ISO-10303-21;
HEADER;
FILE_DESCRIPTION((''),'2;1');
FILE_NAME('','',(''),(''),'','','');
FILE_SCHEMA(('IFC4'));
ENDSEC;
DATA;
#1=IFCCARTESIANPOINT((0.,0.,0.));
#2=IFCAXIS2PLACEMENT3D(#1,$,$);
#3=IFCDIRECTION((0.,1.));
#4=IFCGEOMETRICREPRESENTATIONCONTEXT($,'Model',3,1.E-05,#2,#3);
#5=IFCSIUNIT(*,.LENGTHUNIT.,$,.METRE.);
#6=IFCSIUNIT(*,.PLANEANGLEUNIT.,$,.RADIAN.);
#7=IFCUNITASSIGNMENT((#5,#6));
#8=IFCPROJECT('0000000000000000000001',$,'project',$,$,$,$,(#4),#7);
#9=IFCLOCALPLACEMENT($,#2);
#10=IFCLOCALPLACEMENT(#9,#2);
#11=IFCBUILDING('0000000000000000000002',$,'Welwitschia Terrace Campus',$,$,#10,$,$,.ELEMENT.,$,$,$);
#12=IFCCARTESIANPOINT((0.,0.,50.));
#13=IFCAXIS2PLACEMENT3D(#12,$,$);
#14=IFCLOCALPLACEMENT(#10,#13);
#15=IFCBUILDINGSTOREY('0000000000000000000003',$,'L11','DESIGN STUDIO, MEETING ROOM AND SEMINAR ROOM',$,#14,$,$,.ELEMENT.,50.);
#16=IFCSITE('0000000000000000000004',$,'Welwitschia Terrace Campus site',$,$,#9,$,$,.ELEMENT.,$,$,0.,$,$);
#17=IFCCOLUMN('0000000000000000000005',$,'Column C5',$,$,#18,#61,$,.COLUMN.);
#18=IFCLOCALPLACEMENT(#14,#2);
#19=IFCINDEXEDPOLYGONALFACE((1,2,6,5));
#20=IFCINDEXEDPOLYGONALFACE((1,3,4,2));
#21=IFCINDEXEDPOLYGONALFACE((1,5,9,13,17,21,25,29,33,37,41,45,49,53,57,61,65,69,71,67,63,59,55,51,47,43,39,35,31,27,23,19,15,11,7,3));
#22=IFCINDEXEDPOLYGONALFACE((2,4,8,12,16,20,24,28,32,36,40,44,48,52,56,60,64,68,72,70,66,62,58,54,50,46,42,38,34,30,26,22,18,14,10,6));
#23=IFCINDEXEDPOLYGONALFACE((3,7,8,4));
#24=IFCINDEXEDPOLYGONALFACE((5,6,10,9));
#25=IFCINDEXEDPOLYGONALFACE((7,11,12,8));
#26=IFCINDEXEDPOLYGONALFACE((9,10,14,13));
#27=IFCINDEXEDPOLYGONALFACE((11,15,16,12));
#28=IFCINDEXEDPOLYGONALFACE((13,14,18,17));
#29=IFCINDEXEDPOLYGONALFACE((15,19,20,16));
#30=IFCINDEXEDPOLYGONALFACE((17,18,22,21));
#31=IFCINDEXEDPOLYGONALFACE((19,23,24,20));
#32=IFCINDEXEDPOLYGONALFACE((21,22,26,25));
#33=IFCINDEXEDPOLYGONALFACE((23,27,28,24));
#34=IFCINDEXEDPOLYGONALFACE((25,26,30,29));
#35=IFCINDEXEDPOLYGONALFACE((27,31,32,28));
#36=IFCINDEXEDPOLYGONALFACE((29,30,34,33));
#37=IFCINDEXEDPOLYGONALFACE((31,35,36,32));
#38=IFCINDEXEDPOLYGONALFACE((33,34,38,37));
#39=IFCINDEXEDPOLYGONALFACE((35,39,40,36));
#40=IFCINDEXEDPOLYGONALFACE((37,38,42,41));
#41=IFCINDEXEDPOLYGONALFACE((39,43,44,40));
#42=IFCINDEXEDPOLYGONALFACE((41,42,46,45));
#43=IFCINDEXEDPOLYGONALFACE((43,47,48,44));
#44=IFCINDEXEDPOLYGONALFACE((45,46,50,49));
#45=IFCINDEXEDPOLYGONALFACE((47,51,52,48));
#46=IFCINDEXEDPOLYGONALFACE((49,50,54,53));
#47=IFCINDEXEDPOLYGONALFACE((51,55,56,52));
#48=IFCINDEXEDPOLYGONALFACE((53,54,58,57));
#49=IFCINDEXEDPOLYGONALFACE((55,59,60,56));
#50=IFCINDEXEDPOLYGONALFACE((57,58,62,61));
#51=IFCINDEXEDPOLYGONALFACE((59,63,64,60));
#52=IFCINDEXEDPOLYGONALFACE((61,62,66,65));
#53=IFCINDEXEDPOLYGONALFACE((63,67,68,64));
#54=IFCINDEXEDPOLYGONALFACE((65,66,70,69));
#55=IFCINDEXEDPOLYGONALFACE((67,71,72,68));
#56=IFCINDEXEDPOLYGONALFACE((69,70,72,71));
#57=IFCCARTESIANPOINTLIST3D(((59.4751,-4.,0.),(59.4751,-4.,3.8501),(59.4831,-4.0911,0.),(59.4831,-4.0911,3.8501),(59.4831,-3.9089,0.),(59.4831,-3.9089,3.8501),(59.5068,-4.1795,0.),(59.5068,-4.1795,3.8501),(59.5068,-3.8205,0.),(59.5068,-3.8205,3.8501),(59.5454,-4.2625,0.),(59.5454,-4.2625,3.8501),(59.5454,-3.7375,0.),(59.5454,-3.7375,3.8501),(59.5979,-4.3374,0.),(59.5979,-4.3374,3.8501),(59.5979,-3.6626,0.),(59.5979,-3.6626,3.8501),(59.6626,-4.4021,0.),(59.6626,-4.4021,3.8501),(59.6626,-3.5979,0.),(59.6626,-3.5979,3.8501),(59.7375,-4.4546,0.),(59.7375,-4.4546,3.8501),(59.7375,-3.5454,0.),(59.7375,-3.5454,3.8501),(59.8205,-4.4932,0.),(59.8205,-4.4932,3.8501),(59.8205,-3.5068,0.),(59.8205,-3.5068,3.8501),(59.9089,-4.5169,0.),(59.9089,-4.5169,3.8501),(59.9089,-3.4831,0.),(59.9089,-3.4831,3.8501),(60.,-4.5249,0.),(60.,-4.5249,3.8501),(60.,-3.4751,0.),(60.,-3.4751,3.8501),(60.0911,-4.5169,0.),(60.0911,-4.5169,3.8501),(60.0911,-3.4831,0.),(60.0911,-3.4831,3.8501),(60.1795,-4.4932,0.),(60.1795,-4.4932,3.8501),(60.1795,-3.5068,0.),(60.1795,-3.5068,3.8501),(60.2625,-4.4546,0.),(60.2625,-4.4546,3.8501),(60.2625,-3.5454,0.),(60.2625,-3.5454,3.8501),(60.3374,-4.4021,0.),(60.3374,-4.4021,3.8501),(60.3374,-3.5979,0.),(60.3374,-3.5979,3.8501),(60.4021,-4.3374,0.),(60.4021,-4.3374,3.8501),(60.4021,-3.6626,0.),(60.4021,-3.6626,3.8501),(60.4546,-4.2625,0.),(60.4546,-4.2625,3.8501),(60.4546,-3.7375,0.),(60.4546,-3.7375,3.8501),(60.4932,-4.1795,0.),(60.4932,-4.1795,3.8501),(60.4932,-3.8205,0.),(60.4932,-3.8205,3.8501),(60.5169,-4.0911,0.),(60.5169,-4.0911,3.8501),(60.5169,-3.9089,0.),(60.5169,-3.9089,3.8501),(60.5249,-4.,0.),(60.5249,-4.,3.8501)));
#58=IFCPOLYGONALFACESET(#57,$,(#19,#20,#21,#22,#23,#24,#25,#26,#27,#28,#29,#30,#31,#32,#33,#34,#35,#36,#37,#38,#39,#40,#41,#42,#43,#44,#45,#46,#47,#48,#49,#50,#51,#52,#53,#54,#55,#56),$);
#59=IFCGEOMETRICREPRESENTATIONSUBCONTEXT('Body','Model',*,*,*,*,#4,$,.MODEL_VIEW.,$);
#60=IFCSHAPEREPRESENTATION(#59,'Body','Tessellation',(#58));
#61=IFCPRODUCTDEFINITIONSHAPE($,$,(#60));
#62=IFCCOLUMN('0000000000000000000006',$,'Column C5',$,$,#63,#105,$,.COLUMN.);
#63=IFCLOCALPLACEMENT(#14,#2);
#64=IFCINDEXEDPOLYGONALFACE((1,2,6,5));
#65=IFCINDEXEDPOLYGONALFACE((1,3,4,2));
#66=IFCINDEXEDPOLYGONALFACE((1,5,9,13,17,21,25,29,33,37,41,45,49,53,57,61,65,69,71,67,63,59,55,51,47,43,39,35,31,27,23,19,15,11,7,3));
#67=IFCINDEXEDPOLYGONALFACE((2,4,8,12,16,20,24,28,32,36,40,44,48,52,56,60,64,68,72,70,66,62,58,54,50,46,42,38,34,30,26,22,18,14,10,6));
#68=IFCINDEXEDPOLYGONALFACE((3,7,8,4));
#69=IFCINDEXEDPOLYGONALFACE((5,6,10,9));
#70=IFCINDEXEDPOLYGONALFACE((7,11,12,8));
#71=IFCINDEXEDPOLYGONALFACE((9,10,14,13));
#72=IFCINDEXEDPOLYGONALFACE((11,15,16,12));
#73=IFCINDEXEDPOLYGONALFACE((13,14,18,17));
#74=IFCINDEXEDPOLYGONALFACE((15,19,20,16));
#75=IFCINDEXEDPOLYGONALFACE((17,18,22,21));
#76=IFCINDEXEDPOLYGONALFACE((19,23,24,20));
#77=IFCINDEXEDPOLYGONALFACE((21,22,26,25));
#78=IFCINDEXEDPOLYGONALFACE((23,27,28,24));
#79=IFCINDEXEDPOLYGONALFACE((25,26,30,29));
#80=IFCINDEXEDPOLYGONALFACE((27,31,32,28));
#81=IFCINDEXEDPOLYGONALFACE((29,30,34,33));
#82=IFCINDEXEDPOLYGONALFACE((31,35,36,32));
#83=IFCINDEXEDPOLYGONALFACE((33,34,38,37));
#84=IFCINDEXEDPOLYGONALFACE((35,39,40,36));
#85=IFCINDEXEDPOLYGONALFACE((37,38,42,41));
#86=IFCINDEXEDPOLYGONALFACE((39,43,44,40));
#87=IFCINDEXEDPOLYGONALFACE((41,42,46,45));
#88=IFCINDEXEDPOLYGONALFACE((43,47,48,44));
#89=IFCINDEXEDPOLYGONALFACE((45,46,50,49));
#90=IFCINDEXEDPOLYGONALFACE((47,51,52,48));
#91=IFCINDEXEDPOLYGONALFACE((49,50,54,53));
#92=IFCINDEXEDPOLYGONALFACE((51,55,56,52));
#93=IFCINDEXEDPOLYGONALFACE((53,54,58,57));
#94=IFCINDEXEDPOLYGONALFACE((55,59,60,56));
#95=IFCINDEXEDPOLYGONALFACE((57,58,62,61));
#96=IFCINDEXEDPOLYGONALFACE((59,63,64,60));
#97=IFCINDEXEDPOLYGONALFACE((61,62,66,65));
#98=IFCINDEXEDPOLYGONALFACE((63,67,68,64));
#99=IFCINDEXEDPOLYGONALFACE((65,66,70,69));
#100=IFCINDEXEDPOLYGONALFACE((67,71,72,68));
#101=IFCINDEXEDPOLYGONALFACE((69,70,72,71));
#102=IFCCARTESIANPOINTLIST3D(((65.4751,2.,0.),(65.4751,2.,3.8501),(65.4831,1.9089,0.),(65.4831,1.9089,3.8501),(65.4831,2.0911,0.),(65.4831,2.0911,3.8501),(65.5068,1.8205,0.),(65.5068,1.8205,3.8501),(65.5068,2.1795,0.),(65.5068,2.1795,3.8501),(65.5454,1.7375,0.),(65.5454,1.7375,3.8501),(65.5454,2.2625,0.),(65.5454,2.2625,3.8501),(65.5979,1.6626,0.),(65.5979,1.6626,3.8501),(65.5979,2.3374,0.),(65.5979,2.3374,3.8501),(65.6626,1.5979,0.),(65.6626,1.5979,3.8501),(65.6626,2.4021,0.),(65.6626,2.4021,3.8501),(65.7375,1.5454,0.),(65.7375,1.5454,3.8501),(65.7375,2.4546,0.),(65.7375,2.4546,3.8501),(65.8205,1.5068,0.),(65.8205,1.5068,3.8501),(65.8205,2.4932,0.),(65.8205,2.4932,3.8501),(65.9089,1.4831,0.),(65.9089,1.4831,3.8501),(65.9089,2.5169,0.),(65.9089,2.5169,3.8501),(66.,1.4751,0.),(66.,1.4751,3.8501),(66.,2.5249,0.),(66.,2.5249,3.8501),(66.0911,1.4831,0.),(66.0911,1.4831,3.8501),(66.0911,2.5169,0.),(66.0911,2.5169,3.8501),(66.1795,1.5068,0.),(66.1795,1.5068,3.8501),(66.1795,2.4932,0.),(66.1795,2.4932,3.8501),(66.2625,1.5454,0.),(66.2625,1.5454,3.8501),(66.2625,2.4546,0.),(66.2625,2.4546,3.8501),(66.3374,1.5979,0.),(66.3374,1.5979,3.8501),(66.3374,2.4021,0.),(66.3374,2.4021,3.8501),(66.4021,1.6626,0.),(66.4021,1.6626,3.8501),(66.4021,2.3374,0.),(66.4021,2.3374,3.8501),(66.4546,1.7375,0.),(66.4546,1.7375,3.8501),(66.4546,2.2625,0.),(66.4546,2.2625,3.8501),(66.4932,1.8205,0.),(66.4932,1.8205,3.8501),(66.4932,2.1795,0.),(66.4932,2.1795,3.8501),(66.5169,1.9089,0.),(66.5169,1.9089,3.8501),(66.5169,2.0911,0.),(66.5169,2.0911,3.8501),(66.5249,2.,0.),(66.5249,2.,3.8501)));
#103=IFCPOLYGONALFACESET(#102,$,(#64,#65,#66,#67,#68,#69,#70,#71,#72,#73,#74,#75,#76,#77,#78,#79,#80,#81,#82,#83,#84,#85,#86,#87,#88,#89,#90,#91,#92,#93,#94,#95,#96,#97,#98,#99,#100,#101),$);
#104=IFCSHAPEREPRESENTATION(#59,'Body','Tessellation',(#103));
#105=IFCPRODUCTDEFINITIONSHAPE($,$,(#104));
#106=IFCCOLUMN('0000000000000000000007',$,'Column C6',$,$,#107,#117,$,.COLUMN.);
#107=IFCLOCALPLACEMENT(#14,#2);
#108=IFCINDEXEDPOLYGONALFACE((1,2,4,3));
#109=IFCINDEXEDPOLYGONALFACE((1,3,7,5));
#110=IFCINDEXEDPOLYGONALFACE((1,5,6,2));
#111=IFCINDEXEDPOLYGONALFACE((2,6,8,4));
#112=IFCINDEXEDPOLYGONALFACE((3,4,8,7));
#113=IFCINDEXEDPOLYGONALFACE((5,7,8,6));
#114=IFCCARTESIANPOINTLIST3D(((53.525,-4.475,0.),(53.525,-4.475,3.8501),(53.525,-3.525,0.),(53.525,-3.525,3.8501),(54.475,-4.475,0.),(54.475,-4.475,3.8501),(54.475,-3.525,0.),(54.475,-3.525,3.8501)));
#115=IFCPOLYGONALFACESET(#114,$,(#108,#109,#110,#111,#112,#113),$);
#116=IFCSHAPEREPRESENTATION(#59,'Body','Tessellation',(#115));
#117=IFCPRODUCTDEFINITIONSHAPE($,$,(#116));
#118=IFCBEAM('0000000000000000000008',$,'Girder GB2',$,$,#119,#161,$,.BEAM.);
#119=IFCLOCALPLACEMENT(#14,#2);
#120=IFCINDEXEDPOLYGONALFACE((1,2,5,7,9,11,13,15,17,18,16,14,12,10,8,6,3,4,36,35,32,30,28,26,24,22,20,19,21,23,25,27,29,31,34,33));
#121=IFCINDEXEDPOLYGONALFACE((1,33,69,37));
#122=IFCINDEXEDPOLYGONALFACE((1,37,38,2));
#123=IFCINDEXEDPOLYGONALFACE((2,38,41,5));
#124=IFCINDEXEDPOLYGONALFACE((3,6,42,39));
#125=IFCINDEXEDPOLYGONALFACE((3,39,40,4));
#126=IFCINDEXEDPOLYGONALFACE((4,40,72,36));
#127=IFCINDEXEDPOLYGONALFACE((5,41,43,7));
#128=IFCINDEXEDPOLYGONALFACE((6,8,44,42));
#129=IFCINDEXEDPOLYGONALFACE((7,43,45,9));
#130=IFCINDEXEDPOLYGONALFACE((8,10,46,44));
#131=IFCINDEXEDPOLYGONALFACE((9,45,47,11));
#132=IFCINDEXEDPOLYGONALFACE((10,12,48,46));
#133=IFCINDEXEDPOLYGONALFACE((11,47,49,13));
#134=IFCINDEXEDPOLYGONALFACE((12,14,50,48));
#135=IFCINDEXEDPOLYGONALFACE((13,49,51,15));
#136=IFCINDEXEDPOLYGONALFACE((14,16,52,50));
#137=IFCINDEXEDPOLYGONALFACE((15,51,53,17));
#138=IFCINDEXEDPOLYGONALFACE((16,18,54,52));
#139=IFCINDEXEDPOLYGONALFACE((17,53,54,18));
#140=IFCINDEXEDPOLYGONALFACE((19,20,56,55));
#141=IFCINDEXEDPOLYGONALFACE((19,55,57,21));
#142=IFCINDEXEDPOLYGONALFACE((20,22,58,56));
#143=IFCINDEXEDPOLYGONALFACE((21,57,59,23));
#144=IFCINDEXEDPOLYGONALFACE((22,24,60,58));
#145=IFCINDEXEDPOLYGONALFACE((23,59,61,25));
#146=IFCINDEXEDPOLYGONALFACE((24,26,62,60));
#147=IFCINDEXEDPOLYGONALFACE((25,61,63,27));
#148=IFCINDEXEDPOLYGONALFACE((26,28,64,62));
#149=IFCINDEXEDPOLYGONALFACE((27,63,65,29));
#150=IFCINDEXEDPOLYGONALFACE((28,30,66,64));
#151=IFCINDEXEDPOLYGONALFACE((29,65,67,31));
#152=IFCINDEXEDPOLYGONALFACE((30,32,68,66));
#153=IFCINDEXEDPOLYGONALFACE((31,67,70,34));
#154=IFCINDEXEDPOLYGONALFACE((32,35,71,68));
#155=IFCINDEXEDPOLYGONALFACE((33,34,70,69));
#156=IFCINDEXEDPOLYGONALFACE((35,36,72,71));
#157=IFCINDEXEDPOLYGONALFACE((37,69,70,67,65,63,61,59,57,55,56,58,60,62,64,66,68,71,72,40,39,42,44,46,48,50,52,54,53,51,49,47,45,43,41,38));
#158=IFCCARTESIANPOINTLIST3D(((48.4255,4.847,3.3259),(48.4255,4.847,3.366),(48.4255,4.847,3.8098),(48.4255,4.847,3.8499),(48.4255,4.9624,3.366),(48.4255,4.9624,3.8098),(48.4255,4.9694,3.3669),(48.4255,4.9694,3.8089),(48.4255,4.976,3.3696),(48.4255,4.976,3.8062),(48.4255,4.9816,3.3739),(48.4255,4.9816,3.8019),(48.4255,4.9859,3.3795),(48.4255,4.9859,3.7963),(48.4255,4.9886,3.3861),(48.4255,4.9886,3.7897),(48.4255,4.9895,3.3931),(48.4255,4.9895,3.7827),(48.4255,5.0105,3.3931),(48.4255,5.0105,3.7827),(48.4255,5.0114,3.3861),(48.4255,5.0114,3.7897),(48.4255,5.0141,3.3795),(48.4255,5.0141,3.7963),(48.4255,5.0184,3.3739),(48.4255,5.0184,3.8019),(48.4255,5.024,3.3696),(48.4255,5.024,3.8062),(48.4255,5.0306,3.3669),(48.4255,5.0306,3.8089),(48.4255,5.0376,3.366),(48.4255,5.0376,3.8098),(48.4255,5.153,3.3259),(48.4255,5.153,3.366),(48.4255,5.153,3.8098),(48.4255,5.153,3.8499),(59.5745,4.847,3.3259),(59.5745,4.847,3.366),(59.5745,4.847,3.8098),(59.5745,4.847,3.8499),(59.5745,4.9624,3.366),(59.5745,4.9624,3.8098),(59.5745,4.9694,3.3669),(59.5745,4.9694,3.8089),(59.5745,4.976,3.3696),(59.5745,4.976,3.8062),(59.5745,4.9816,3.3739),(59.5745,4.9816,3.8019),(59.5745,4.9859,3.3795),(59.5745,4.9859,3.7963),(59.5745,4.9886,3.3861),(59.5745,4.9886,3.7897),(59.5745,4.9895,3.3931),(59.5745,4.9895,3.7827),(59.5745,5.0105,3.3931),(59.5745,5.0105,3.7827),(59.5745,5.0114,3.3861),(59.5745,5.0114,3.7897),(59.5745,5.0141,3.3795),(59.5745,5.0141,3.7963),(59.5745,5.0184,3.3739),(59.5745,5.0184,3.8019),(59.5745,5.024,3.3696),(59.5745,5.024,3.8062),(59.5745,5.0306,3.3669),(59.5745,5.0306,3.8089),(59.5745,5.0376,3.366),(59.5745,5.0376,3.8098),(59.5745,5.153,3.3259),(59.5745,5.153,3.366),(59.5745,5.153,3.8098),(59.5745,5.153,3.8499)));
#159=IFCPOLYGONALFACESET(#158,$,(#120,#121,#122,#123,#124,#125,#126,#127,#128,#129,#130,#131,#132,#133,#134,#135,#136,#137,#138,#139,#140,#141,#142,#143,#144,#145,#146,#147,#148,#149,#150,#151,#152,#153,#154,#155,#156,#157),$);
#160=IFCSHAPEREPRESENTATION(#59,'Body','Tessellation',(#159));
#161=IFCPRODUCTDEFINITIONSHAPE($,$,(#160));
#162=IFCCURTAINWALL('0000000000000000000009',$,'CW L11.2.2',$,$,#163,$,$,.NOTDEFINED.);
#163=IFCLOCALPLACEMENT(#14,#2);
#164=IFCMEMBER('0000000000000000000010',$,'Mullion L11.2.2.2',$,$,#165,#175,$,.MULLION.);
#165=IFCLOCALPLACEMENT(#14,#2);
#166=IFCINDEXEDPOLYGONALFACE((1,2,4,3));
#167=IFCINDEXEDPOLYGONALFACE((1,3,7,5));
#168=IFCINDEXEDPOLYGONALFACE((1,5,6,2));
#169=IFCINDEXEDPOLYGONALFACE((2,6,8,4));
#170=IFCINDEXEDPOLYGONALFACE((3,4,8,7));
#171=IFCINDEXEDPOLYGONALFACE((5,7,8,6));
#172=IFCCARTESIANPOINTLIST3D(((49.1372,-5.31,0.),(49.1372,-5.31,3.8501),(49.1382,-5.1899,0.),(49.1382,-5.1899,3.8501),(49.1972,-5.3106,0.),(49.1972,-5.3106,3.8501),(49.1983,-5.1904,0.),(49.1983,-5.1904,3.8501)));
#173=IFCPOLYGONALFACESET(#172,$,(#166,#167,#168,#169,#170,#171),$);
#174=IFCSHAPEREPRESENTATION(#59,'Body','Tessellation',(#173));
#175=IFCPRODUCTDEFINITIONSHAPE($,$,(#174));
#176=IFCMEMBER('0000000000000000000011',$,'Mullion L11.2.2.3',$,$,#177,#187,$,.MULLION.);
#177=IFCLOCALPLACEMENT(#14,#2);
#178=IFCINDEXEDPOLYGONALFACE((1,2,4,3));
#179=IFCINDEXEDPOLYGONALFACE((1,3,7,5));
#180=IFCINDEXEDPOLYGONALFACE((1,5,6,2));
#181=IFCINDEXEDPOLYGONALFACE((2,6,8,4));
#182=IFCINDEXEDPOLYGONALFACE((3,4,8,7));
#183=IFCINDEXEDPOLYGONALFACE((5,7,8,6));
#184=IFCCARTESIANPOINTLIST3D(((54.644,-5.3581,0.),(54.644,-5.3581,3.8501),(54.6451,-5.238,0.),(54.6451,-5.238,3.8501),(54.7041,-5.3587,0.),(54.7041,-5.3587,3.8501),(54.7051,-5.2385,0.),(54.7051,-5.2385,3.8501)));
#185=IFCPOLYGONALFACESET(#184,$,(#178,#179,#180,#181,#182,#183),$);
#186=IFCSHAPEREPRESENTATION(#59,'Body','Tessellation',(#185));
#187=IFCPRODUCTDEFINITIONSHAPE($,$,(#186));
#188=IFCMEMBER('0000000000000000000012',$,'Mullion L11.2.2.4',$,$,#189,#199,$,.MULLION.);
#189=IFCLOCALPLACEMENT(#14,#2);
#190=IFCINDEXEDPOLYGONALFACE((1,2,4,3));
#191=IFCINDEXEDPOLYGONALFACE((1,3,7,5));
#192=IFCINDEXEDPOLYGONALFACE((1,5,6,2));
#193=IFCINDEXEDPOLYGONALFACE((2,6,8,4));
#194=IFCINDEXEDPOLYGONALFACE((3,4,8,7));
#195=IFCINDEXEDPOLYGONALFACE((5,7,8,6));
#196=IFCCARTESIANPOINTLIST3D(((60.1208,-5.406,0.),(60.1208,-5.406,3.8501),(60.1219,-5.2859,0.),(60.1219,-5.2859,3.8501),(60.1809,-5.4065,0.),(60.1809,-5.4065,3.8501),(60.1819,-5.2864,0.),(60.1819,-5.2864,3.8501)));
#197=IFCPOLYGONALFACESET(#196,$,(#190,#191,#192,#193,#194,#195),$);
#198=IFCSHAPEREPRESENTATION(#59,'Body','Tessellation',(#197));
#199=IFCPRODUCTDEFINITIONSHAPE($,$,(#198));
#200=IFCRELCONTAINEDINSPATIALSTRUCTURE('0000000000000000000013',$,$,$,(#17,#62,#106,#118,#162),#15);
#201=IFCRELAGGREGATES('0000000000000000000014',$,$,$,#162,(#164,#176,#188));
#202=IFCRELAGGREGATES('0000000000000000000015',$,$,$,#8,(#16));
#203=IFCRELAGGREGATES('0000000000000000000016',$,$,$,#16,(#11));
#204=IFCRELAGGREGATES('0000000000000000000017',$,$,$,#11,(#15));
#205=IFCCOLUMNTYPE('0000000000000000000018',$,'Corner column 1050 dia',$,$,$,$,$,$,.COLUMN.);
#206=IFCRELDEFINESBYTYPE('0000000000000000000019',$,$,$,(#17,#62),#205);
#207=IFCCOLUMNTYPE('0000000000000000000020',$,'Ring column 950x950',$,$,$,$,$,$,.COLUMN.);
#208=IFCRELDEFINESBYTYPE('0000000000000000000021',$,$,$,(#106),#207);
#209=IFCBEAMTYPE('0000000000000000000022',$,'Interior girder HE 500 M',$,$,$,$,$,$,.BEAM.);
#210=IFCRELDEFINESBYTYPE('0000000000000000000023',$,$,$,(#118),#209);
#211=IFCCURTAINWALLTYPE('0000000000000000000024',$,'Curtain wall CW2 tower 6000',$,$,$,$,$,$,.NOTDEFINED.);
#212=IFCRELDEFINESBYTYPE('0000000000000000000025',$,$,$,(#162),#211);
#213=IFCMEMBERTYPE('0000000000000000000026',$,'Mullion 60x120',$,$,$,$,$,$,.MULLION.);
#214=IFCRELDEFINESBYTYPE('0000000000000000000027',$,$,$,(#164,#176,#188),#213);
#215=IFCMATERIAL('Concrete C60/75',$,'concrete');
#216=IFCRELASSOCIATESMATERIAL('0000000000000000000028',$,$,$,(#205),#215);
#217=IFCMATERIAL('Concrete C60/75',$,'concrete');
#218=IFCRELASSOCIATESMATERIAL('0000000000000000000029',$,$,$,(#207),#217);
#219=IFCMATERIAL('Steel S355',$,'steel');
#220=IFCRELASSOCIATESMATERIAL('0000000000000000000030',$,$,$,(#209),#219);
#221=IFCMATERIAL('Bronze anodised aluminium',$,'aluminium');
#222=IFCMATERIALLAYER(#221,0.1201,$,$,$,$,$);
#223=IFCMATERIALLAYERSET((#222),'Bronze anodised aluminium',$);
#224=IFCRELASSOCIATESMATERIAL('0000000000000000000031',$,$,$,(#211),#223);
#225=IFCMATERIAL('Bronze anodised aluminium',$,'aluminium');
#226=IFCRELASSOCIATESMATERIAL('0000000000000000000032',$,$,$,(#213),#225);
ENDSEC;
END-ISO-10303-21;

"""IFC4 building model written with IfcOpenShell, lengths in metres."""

from ifc_helpers import new_model, si_unit, direction, frame, origin, origin_2d, place, context, subcontext, project, spatial, rectangle, circle, i_section, extrude, material, layer, layer_set, material_profile, profile_set, type_object, element, aggregate, save


model = new_model("IFC4")

# Units and contexts
model_context = context("Model", 3, precision=1e-05, world=origin(), true_north=direction((0.0, 1.0)))
body_context = subcontext(model_context, "Body", "Model", "MODEL_VIEW")
ifc_project = project(units=[si_unit("LENGTHUNIT", "METRE"), si_unit("PLANEANGLEUNIT", "RADIAN")], contexts=[model_context])

# Site, building, storey
site_placement = place(None, origin())
site = spatial("IfcSite", under=ifc_project, at=site_placement, Name="Welwitschia Terrace Campus site", CompositionType="ELEMENT", RefElevation=0.0)
building_placement = place(site_placement, origin())
building = spatial("IfcBuilding", under=site, at=building_placement, Name="Welwitschia Terrace Campus", CompositionType="ELEMENT")
storey_placement = place(building_placement, frame((0.0, 0.0, 50.0)))
storey = spatial("IfcBuildingStorey", under=building, at=storey_placement, Name="L11", Description="DESIGN STUDIO, MEETING ROOM AND SEMINAR ROOM", CompositionType="ELEMENT", Elevation=50.0)

# Columns
ifc_material_1 = material(Name="Concrete C60/75", Category="concrete")
ifc_material_profile_1 = material_profile(ifc_material_1, circle(Radius=0.5249, at=origin_2d()))
ifc_profile_set_1 = profile_set([ifc_material_profile_1], Name="Concrete C60/75")
column_type_1 = type_object("IfcColumnType", Name="Corner column 1050 dia", PredefinedType="COLUMN", material=ifc_profile_set_1)
for number, where, z_axis, x_axis, name in (
    (1, (60.0, -4.0, 0.0), (0.0, 0.0, 1.0), (1.0, 0.0, 0.0), "Column C5"),
    (2, (66.0, 2.0, 0.0), (0.0, 0.0, 1.0), (1.0, 0.0, 0.0), "Column C5"),
):
    element("IfcColumn", number, at=place(storey_placement, frame(where, z_axis=z_axis, x_axis=x_axis)), inside=storey, type_object=column_type_1, Name=name, PredefinedType="COLUMN", context=body_context, shape_type="SweptSolid", body=[
        extrude(circle(Radius=0.5249, at=origin_2d()), origin(), (0.0, 0.0, 1.0), 3.8501),
    ])
ifc_material_2 = material(Name="Concrete C60/75", Category="concrete")
ifc_material_profile_2 = material_profile(ifc_material_2, rectangle(XDim=0.95, YDim=0.95, at=origin_2d()))
ifc_profile_set_2 = profile_set([ifc_material_profile_2], Name="Concrete C60/75")
column_type_2 = type_object("IfcColumnType", Name="Ring column 950x950", PredefinedType="COLUMN", material=ifc_profile_set_2)
column_placement = place(storey_placement, frame((54.0, -4.0, 0.0), z_axis=(0.0, 0.0, 1.0), x_axis=(1.0, 0.0, 0.0)))
element("IfcColumn", 3, at=column_placement, inside=storey, type_object=column_type_2, Name="Column C6", PredefinedType="COLUMN", context=body_context, shape_type="SweptSolid", body=[
    extrude(rectangle(XDim=0.95, YDim=0.95, at=origin_2d()), origin(), (0.0, 0.0, 1.0), 3.8501),
])

# Beam
ifc_material_3 = material(Name="Steel S355", Category="steel")
ifc_material_profile_3 = material_profile(ifc_material_3, i_section(OverallWidth=0.3059, OverallDepth=0.5239, WebThickness=0.021, FlangeThickness=0.04, FilletRadius=0.0271, at=origin_2d()))
ifc_profile_set_3 = profile_set([ifc_material_profile_3], Name="Steel S355")
beam_type_1 = type_object("IfcBeamType", Name="Interior girder HE 500 M", PredefinedType="BEAM", material=ifc_profile_set_3)
beam_1_placement = place(storey_placement, frame((48.4255, 5.0, 3.5879), z_axis=(1.0, 0.0, 0.0), x_axis=(0.0, 1.0, 0.0)))
element("IfcBeam", 4, at=beam_1_placement, inside=storey, type_object=beam_type_1, Name="Girder GB2", PredefinedType="BEAM", context=body_context, shape_type="SweptSolid", body=[
    extrude(i_section(OverallWidth=0.3059, OverallDepth=0.5239, WebThickness=0.021, FlangeThickness=0.04, FilletRadius=0.0271, at=origin_2d()), origin(), (0.0, 0.0, 1.0), 11.1489),
])

# Curtain wall, members
ifc_material_4 = material(Name="Bronze anodised aluminium", Category="aluminium")
ifc_layer_1 = layer(ifc_material_4, 0.1201)
ifc_layer_set_1 = layer_set([ifc_layer_1], Name="Bronze anodised aluminium")
curtain_wall_type = type_object("IfcCurtainWallType", Name="Curtain wall CW2 tower 6000", PredefinedType="NOTDEFINED", material=ifc_layer_set_1)
curtain_wall_1_placement = place(storey_placement, origin())
curtain_wall_1 = element("IfcCurtainWall", 5, at=curtain_wall_1_placement, inside=storey, type_object=curtain_wall_type, Name="CW L11.2.2", PredefinedType="NOTDEFINED")
ifc_material_5 = material(Name="Bronze anodised aluminium", Category="aluminium")
ifc_material_profile_4 = material_profile(ifc_material_5, rectangle(XDim=0.1201, YDim=0.0601, at=origin_2d()))
ifc_profile_set_4 = profile_set([ifc_material_profile_4], Name="Bronze anodised aluminium")
member_type_1 = type_object("IfcMemberType", Name="Mullion 60x120", PredefinedType="MULLION", material=ifc_profile_set_4)
member_1_placement = place(storey_placement, frame((49.1677, -5.2502, 0.0), z_axis=(0.0, 0.0, 1.0), x_axis=(0.008727, 0.999962, 0.0)))
member_1 = element("IfcMember", 6, at=member_1_placement, type_object=member_type_1, Name="Mullion L11.2.2.2", PredefinedType="MULLION", context=body_context, shape_type="SweptSolid", body=[
    extrude(rectangle(XDim=0.1201, YDim=0.0601, at=origin_2d()), origin(), (0.0, 0.0, 1.0), 3.8501),
])
member_2_placement = place(storey_placement, frame((54.6746, -5.2983, 0.0), z_axis=(0.0, 0.0, 1.0), x_axis=(0.008727, 0.999962, 0.0)))
member_2 = element("IfcMember", 7, at=member_2_placement, type_object=member_type_1, Name="Mullion L11.2.2.3", PredefinedType="MULLION", context=body_context, shape_type="SweptSolid", body=[
    extrude(rectangle(XDim=0.1201, YDim=0.0601, at=origin_2d()), origin(), (0.0, 0.0, 1.0), 3.8501),
])
member_3_placement = place(storey_placement, frame((60.1514, -5.3462, 0.0), z_axis=(0.0, 0.0, 1.0), x_axis=(0.008727, 0.999962, 0.0)))
member_3 = element("IfcMember", 8, at=member_3_placement, type_object=member_type_1, Name="Mullion L11.2.2.4", PredefinedType="MULLION", context=body_context, shape_type="SweptSolid", body=[
    extrude(rectangle(XDim=0.1201, YDim=0.0601, at=origin_2d()), origin(), (0.0, 0.0, 1.0), 3.8501),
])

aggregate(curtain_wall_1, [member_1, member_2, member_3])

save(model, "model.ifc")
